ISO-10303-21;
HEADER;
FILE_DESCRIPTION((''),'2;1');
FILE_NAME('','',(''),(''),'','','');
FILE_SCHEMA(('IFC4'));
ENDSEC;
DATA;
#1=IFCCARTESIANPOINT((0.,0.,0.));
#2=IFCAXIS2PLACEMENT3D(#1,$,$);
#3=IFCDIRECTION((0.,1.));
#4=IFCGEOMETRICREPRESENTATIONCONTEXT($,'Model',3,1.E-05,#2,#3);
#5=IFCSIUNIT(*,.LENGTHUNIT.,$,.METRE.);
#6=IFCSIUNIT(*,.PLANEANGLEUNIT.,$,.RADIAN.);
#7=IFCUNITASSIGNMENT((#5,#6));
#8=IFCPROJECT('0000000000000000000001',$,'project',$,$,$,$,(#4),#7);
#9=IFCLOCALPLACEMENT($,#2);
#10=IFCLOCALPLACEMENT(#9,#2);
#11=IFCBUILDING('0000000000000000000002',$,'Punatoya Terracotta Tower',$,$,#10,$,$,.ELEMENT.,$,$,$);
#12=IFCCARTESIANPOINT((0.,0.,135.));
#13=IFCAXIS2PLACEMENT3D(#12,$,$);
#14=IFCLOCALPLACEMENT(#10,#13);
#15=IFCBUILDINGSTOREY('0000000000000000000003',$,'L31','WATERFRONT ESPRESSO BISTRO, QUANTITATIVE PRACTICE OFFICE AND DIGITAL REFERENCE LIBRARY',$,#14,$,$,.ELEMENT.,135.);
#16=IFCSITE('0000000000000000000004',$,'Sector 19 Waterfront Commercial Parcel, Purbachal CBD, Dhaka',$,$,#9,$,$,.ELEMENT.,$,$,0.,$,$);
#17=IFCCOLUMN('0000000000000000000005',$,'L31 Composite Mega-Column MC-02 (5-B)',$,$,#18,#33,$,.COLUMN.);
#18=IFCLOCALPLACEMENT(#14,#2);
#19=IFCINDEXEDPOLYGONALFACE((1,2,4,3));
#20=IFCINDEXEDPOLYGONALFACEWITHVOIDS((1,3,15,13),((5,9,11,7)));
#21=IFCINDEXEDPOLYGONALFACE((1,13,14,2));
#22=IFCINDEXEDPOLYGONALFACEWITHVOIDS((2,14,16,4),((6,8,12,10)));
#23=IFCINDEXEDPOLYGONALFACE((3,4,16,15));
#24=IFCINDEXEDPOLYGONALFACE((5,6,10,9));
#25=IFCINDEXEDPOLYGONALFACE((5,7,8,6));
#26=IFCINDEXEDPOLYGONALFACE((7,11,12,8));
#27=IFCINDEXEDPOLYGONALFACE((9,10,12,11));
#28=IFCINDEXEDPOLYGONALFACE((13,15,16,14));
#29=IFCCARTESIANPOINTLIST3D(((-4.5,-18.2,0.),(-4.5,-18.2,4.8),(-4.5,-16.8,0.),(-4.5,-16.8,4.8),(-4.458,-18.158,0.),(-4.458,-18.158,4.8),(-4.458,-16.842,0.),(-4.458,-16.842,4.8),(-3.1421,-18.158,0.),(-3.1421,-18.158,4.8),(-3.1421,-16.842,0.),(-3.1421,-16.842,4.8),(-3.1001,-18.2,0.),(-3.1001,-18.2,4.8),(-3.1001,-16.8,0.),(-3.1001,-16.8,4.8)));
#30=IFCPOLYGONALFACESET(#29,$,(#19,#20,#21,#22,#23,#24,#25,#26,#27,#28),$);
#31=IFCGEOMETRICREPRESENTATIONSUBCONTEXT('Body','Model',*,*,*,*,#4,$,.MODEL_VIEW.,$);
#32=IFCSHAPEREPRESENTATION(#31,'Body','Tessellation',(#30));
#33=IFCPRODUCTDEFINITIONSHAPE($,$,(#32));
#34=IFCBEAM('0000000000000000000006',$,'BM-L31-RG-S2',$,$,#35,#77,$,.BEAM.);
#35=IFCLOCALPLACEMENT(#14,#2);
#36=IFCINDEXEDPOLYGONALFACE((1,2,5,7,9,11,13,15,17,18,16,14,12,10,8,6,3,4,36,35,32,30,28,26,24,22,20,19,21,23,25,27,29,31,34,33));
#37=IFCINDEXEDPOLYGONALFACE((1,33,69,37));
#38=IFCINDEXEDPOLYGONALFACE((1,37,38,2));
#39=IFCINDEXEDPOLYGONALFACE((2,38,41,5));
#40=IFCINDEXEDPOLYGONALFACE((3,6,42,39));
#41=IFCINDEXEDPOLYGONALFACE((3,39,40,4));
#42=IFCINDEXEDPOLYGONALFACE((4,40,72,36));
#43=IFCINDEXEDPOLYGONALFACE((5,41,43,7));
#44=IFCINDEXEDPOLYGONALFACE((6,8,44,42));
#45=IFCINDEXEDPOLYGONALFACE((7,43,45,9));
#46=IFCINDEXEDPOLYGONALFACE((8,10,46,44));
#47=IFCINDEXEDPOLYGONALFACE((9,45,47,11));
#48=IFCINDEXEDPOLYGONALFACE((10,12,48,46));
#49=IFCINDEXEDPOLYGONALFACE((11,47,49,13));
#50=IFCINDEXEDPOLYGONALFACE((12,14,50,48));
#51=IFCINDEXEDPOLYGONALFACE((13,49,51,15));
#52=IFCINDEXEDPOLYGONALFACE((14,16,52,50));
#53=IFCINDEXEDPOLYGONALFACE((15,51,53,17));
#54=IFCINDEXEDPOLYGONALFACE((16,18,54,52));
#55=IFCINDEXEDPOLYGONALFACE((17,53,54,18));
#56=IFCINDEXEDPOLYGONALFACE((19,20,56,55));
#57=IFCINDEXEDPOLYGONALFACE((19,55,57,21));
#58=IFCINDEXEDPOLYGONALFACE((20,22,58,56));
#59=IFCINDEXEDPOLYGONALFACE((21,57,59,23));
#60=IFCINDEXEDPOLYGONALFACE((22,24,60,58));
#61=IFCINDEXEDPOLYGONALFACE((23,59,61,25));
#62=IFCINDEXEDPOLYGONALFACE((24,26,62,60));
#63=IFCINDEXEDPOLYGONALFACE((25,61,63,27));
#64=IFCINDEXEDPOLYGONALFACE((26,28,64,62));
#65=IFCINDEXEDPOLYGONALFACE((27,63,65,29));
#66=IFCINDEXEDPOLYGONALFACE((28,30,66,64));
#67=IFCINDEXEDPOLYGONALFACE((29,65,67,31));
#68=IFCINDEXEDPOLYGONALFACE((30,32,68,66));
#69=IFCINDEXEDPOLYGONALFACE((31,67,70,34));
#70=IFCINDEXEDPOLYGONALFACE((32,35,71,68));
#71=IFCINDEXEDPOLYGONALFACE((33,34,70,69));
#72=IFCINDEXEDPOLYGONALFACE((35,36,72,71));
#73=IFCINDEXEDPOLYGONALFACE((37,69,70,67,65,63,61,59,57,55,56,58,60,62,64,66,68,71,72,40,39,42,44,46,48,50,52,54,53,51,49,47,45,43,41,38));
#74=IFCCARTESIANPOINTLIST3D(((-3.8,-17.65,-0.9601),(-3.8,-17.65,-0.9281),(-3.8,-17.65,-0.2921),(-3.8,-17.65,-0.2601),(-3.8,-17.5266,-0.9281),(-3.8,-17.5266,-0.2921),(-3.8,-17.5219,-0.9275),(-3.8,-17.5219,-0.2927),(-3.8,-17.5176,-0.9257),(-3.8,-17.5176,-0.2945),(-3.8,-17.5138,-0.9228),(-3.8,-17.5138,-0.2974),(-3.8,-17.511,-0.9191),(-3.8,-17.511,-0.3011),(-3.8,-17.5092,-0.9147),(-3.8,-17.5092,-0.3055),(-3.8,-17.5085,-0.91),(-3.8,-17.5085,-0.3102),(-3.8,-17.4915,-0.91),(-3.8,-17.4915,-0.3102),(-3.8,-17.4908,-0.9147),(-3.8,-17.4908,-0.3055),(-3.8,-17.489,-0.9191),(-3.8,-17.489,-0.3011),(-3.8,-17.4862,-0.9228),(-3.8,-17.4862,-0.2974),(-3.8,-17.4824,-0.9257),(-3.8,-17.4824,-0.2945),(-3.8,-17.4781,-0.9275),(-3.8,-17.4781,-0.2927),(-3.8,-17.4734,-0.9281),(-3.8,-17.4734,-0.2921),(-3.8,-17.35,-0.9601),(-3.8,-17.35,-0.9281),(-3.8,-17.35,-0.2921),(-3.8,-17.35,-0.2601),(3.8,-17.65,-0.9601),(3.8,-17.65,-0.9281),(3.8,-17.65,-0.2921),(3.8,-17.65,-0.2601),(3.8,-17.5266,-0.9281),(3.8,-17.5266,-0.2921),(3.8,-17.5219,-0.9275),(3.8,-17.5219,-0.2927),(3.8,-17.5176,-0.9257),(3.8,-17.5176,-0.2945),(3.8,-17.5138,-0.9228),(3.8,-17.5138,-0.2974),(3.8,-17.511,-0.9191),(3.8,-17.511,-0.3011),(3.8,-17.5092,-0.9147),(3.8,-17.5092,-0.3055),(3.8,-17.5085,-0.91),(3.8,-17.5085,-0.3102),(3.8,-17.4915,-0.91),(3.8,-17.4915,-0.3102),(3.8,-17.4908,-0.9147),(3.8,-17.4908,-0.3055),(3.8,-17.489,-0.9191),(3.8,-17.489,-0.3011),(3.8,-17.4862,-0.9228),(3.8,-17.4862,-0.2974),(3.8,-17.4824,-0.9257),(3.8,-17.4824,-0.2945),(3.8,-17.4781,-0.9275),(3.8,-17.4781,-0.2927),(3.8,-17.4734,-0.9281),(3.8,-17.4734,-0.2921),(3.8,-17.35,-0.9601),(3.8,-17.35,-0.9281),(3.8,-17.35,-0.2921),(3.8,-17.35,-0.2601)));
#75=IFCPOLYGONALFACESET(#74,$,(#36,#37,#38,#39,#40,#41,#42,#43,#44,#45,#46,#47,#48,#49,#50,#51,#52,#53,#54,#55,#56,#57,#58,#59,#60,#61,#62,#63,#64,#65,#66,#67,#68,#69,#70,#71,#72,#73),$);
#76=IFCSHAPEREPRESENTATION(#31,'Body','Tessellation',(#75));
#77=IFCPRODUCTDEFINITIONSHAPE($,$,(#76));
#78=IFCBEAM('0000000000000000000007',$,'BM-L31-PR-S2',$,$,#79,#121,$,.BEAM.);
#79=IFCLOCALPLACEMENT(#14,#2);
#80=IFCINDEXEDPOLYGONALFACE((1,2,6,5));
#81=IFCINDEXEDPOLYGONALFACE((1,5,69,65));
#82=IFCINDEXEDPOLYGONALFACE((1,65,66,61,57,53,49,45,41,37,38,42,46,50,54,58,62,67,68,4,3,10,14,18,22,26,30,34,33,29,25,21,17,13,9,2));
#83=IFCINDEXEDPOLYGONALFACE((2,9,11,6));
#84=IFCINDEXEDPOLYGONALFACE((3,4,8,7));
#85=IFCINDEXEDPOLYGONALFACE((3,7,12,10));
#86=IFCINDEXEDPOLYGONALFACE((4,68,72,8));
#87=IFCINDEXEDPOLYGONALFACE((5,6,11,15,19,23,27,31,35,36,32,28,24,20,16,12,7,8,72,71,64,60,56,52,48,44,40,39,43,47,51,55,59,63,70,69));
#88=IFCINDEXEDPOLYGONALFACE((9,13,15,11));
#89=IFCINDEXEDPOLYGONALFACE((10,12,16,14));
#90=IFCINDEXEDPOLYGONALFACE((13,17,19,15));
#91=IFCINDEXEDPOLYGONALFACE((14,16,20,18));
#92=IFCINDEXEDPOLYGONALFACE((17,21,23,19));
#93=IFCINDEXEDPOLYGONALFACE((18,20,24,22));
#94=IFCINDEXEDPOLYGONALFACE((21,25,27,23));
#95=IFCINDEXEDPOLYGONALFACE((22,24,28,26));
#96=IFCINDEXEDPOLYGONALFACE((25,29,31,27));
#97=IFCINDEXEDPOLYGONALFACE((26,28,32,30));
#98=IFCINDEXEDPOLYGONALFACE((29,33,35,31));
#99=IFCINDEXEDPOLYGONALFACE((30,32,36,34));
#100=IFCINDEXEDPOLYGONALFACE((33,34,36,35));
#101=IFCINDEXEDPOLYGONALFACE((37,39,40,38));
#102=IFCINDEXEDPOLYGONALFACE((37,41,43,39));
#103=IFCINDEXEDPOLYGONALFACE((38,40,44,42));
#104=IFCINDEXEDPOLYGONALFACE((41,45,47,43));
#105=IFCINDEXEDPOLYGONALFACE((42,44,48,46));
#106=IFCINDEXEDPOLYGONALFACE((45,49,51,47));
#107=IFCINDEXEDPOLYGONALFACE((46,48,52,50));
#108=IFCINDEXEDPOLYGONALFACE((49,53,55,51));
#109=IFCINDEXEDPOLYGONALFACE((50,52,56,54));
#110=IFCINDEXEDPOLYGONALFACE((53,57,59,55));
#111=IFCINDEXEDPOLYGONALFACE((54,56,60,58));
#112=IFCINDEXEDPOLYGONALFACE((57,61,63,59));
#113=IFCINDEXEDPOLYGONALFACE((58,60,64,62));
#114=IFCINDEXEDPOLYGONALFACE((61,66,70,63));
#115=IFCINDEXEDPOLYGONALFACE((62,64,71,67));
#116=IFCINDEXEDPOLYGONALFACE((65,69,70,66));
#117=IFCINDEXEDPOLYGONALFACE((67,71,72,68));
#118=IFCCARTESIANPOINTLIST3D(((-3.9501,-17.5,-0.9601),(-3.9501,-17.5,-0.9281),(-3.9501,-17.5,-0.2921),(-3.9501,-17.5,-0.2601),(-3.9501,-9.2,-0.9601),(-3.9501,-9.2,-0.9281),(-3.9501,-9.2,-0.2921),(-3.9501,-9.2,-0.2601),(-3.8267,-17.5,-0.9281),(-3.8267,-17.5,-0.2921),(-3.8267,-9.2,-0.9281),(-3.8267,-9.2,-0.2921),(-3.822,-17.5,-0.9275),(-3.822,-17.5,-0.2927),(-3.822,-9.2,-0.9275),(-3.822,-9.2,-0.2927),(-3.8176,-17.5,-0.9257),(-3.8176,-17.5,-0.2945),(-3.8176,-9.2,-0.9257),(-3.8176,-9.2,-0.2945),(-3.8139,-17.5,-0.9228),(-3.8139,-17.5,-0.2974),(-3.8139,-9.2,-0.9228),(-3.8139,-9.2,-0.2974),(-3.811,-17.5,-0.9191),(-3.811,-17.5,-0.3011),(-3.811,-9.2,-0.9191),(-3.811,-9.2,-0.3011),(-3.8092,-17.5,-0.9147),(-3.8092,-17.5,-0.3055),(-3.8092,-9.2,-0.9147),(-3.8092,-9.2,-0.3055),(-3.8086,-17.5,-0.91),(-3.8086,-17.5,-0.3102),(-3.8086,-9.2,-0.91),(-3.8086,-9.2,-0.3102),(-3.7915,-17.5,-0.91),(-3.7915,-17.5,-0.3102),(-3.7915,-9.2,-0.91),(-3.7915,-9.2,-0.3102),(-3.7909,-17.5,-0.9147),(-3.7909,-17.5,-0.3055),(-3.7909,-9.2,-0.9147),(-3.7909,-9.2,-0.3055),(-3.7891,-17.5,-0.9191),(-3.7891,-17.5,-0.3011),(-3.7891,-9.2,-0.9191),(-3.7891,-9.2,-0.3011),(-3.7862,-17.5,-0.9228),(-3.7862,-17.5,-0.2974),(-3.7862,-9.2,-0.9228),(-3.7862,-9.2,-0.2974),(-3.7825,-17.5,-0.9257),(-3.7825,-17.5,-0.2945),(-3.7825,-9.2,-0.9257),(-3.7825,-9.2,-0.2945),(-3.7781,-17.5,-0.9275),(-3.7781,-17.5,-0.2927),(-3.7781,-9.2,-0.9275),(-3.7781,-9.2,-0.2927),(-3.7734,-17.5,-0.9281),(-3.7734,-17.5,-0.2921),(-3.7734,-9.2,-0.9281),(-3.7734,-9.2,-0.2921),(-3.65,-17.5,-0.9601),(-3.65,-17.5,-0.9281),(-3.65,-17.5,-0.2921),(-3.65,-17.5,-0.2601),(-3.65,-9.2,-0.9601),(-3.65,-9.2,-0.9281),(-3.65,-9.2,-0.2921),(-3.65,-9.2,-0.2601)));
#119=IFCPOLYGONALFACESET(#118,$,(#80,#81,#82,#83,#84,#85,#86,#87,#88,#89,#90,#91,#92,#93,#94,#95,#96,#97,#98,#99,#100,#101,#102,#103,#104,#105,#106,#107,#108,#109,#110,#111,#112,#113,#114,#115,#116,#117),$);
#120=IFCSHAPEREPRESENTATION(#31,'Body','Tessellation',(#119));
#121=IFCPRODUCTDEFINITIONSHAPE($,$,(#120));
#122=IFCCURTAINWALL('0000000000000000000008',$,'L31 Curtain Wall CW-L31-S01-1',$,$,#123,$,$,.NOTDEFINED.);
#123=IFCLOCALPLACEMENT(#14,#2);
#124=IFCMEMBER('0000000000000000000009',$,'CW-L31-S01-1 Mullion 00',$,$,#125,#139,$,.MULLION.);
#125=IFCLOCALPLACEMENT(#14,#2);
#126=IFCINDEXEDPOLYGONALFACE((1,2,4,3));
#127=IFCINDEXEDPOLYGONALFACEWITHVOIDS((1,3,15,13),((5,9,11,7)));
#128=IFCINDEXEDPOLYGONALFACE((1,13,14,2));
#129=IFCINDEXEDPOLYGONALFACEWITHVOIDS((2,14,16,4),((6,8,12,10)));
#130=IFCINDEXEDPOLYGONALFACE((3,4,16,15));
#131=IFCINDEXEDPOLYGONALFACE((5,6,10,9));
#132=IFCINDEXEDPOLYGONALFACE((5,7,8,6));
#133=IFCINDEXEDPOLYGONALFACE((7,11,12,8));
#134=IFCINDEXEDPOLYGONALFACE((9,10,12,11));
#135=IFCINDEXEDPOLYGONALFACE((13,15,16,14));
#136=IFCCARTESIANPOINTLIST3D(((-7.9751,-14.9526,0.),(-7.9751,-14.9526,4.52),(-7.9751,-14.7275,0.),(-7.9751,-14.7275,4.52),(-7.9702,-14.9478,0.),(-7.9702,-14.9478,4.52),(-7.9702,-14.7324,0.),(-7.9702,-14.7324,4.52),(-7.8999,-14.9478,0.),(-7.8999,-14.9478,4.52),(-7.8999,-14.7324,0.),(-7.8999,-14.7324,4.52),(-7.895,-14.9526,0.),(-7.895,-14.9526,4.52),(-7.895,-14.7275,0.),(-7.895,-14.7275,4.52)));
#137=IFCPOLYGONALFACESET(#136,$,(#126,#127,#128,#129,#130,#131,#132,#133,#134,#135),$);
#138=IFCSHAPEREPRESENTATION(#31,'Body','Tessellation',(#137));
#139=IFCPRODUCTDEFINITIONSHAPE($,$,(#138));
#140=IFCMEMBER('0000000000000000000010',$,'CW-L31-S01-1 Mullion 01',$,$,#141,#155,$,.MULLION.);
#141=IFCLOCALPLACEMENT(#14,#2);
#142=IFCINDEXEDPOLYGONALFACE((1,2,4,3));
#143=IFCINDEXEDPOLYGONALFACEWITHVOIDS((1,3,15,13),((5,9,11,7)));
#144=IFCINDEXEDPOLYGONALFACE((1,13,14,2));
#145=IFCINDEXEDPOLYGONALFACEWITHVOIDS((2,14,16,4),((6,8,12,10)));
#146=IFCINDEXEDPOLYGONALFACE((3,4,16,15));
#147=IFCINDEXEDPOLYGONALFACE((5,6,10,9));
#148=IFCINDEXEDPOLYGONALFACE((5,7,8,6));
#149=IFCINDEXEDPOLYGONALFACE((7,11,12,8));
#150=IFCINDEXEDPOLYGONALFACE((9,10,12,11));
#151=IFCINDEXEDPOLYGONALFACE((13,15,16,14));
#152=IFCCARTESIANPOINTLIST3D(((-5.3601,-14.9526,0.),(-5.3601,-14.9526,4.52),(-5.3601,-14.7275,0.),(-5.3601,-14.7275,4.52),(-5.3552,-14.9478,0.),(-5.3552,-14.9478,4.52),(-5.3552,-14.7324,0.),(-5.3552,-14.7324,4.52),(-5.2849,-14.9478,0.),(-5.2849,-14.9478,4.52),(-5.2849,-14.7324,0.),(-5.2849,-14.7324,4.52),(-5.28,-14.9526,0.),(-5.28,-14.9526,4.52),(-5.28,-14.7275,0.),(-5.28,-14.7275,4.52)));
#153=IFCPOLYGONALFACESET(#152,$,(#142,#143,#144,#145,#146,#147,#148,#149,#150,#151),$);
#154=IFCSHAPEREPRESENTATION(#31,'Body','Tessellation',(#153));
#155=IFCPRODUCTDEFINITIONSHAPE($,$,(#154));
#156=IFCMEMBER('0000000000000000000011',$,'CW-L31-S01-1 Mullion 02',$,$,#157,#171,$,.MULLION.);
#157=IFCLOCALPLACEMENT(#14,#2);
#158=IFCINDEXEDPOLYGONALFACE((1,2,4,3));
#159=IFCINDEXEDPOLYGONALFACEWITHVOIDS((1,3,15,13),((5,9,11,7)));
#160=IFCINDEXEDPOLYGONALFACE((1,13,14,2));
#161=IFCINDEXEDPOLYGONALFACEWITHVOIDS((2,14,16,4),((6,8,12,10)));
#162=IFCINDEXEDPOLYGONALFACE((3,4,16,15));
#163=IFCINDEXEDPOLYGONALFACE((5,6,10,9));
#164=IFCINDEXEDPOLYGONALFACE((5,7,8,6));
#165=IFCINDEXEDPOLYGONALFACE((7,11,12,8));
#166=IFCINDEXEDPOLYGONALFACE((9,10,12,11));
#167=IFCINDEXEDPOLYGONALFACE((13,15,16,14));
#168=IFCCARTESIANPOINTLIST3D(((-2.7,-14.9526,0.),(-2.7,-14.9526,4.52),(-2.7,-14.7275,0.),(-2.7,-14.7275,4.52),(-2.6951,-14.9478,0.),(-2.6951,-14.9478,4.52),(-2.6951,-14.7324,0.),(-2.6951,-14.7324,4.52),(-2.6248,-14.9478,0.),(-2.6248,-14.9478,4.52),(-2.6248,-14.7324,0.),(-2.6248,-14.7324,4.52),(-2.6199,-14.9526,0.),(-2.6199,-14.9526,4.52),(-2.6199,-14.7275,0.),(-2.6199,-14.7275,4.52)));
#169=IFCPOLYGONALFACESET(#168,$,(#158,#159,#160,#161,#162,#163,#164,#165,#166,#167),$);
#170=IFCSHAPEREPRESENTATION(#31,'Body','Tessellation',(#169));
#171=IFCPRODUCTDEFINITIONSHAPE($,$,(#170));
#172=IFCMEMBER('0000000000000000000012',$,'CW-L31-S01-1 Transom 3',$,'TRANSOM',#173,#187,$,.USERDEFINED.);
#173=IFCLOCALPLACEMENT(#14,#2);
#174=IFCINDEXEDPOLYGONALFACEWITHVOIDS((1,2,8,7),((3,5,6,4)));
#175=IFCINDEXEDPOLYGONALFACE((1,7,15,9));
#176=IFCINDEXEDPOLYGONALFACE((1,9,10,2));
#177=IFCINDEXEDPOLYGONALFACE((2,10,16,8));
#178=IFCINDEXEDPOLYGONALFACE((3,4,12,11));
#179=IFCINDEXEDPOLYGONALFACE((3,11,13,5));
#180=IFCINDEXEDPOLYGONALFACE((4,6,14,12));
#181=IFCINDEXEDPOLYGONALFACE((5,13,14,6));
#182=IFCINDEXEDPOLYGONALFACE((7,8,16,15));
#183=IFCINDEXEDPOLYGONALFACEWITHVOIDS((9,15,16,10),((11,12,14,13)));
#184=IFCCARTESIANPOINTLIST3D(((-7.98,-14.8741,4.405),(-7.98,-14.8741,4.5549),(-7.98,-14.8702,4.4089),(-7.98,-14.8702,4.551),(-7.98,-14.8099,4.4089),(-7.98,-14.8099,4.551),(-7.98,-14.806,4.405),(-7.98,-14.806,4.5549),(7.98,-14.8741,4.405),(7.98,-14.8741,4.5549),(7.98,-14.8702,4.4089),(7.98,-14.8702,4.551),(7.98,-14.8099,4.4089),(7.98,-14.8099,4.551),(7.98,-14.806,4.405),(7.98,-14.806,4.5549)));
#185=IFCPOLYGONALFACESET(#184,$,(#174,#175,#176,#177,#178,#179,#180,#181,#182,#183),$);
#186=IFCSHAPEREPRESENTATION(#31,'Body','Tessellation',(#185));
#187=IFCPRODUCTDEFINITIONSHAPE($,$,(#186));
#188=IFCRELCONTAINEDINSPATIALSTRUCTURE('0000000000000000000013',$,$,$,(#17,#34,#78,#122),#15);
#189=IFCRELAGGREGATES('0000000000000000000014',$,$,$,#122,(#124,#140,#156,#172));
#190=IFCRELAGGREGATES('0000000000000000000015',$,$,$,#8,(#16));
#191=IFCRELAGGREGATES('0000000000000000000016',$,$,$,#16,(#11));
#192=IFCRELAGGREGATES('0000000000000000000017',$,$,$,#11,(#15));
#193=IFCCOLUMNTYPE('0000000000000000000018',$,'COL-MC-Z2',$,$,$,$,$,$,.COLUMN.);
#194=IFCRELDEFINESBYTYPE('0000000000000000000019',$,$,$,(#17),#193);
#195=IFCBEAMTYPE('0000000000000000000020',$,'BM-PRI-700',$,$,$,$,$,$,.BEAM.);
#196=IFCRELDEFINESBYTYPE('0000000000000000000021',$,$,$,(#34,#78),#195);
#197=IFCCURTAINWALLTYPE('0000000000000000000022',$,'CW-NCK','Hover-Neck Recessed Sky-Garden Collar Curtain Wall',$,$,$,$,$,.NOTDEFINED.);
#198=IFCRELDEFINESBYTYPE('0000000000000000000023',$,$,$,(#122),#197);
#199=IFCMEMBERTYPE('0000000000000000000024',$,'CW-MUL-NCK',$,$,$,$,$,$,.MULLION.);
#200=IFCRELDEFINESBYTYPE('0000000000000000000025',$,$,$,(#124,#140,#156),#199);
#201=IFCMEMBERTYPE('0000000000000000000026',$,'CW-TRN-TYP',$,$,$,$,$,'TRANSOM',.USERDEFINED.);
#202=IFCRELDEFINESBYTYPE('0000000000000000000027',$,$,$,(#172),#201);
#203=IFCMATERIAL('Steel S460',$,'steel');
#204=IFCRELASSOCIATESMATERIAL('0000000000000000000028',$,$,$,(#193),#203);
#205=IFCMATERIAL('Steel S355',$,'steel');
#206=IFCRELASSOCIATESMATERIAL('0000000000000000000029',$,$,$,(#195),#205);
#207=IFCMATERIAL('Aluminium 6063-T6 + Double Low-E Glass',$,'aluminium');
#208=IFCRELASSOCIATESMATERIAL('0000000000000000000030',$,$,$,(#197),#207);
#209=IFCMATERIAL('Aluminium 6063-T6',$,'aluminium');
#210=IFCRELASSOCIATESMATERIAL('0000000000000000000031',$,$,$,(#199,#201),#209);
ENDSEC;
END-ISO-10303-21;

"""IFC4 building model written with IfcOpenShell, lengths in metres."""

from ifc_helpers import new_model, si_unit, direction, frame, origin, origin_2d, place, context, subcontext, project, spatial, hollow_rectangle, i_section, extrude, material, material_profile, profile_set, type_object, element, aggregate, save


model = new_model("IFC4")

# Units and contexts
model_context = context("Model", 3, precision=1e-05, world=origin(), true_north=direction((0.0, 1.0)))
body_context = subcontext(model_context, "Body", "Model", "MODEL_VIEW")
ifc_project = project(units=[si_unit("LENGTHUNIT", "METRE"), si_unit("PLANEANGLEUNIT", "RADIAN")], contexts=[model_context])

# Site, building, storey
site_placement = place(None, origin())
site = spatial("IfcSite", under=ifc_project, at=site_placement, Name="Sector 19 Waterfront Commercial Parcel, Purbachal CBD, Dhaka", CompositionType="ELEMENT", RefElevation=0.0)
building_placement = place(site_placement, origin())
building = spatial("IfcBuilding", under=site, at=building_placement, Name="Punatoya Terracotta Tower", CompositionType="ELEMENT")
storey_placement = place(building_placement, frame((0.0, 0.0, 135.0)))
storey = spatial("IfcBuildingStorey", under=building, at=storey_placement, Name="L31", Description="WATERFRONT ESPRESSO BISTRO, QUANTITATIVE PRACTICE OFFICE AND DIGITAL REFERENCE LIBRARY", CompositionType="ELEMENT", Elevation=135.0)

# Column
ifc_material_1 = material(Name="Steel S460", Category="steel")
ifc_material_profile_1 = material_profile(ifc_material_1, hollow_rectangle(XDim=1.3999, YDim=1.3999, WallThickness=0.042, at=origin_2d()))
ifc_profile_set_1 = profile_set([ifc_material_profile_1], Name="Steel S460")
column_type = type_object("IfcColumnType", Name="COL-MC-Z2", PredefinedType="COLUMN", material=ifc_profile_set_1)
column_placement = place(storey_placement, frame((-3.8, -17.5, 0.0), z_axis=(0.0, 0.0, 1.0), x_axis=(1.0, 0.0, 0.0)))
element("IfcColumn", 1, at=column_placement, inside=storey, type_object=column_type, Name="L31 Composite Mega-Column MC-02 (5-B)", PredefinedType="COLUMN", context=body_context, shape_type="SweptSolid", body=[
    extrude(hollow_rectangle(XDim=1.3999, YDim=1.3999, WallThickness=0.042, at=origin_2d()), origin(), (0.0, 0.0, 1.0), 4.8),
])

# Beams
ifc_material_2 = material(Name="Steel S355", Category="steel")
ifc_material_profile_2 = material_profile(ifc_material_2, i_section(OverallWidth=0.3, OverallDepth=0.7, WebThickness=0.0171, FlangeThickness=0.032, FilletRadius=0.0181, at=origin_2d()))
ifc_profile_set_2 = profile_set([ifc_material_profile_2], Name="Steel S355")
beam_type = type_object("IfcBeamType", Name="BM-PRI-700", PredefinedType="BEAM", material=ifc_profile_set_2)
beam_1_placement = place(storey_placement, frame((-3.8, -17.5, -0.6101), z_axis=(1.0, 0.0, 0.0), x_axis=(0.0, 1.0, 0.0)))
element("IfcBeam", 2, at=beam_1_placement, inside=storey, type_object=beam_type, Name="BM-L31-RG-S2", PredefinedType="BEAM", context=body_context, shape_type="SweptSolid", body=[
    extrude(i_section(OverallWidth=0.3, OverallDepth=0.7, WebThickness=0.0171, FlangeThickness=0.032, FilletRadius=0.0181, at=origin_2d()), origin(), (0.0, 0.0, 1.0), 7.6001),
])
beam_2_placement = place(storey_placement, frame((-3.8, -17.5, -0.6101), z_axis=(0.0, 1.0, 0.0), x_axis=(-1.0, 0.0, 0.0)))
element("IfcBeam", 3, at=beam_2_placement, inside=storey, type_object=beam_type, Name="BM-L31-PR-S2", PredefinedType="BEAM", context=body_context, shape_type="SweptSolid", body=[
    extrude(i_section(OverallWidth=0.3, OverallDepth=0.7, WebThickness=0.0171, FlangeThickness=0.032, FilletRadius=0.0181, at=origin_2d()), origin(), (0.0, 0.0, 1.0), 8.3),
])

# Curtain wall, members
ifc_material_3 = material(Name="Aluminium 6063-T6 + Double Low-E Glass", Category="aluminium")
curtain_wall_type = type_object("IfcCurtainWallType", Name="CW-NCK", Description="Hover-Neck Recessed Sky-Garden Collar Curtain Wall", PredefinedType="NOTDEFINED", material=ifc_material_3)
curtain_wall_placement = place(storey_placement, origin())
curtain_wall = element("IfcCurtainWall", 4, at=curtain_wall_placement, inside=storey, type_object=curtain_wall_type, Name="L31 Curtain Wall CW-L31-S01-1", PredefinedType="NOTDEFINED")
ifc_material_4 = material(Name="Aluminium 6063-T6", Category="aluminium")
ifc_material_profile_3 = material_profile(ifc_material_4, hollow_rectangle(XDim=0.0801, YDim=0.2251, WallThickness=0.0049, at=origin_2d()))
ifc_profile_set_3 = profile_set([ifc_material_profile_3], Name="Aluminium 6063-T6")
member_type_1 = type_object("IfcMemberType", Name="CW-MUL-NCK", PredefinedType="MULLION", material=ifc_profile_set_3)
member_1_placement = place(storey_placement, frame((-7.9351, -14.8401, 0.0), z_axis=(0.0, 0.0, 1.0), x_axis=(1.0, 0.0, 0.0)))
member_1 = element("IfcMember", 5, at=member_1_placement, type_object=member_type_1, Name="CW-L31-S01-1 Mullion 00", PredefinedType="MULLION", context=body_context, shape_type="SweptSolid", body=[
    extrude(hollow_rectangle(XDim=0.0801, YDim=0.2251, WallThickness=0.0049, at=origin_2d()), origin(), (0.0, 0.0, 1.0), 4.52),
])
member_2_placement = place(storey_placement, frame((-5.3201, -14.8401, 0.0), z_axis=(0.0, 0.0, 1.0), x_axis=(1.0, 0.0, 0.0)))
member_2 = element("IfcMember", 6, at=member_2_placement, type_object=member_type_1, Name="CW-L31-S01-1 Mullion 01", PredefinedType="MULLION", context=body_context, shape_type="SweptSolid", body=[
    extrude(hollow_rectangle(XDim=0.0801, YDim=0.2251, WallThickness=0.0049, at=origin_2d()), origin(), (0.0, 0.0, 1.0), 4.52),
])
member_3_placement = place(storey_placement, frame((-2.6599, -14.8401, 0.0), z_axis=(0.0, 0.0, 1.0), x_axis=(1.0, 0.0, 0.0)))
member_3 = element("IfcMember", 7, at=member_3_placement, type_object=member_type_1, Name="CW-L31-S01-1 Mullion 02", PredefinedType="MULLION", context=body_context, shape_type="SweptSolid", body=[
    extrude(hollow_rectangle(XDim=0.0801, YDim=0.2251, WallThickness=0.0049, at=origin_2d()), origin(), (0.0, 0.0, 1.0), 4.52),
])
ifc_material_profile_4 = material_profile(ifc_material_4, hollow_rectangle(XDim=0.0681, YDim=0.1499, WallThickness=0.0039, at=origin_2d()))
ifc_profile_set_4 = profile_set([ifc_material_profile_4], Name="Aluminium 6063-T6")
member_type_2 = type_object("IfcMemberType", Name="CW-TRN-TYP", ElementType="TRANSOM", PredefinedType="USERDEFINED", material=ifc_profile_set_4)
member_4_placement = place(storey_placement, frame((-7.98, -14.8401, 4.48), z_axis=(1.0, 0.0, 0.0), x_axis=(0.0, 1.0, 0.0)))
member_4 = element("IfcMember", 8, at=member_4_placement, type_object=member_type_2, Name="CW-L31-S01-1 Transom 3", ObjectType="TRANSOM", PredefinedType="USERDEFINED", context=body_context, shape_type="SweptSolid", body=[
    extrude(hollow_rectangle(XDim=0.0681, YDim=0.1499, WallThickness=0.0039, at=origin_2d()), origin(), (0.0, 0.0, 1.0), 15.96),
])
aggregate(curtain_wall, [member_1, member_2, member_3, member_4])

save(model, "model.ifc")
